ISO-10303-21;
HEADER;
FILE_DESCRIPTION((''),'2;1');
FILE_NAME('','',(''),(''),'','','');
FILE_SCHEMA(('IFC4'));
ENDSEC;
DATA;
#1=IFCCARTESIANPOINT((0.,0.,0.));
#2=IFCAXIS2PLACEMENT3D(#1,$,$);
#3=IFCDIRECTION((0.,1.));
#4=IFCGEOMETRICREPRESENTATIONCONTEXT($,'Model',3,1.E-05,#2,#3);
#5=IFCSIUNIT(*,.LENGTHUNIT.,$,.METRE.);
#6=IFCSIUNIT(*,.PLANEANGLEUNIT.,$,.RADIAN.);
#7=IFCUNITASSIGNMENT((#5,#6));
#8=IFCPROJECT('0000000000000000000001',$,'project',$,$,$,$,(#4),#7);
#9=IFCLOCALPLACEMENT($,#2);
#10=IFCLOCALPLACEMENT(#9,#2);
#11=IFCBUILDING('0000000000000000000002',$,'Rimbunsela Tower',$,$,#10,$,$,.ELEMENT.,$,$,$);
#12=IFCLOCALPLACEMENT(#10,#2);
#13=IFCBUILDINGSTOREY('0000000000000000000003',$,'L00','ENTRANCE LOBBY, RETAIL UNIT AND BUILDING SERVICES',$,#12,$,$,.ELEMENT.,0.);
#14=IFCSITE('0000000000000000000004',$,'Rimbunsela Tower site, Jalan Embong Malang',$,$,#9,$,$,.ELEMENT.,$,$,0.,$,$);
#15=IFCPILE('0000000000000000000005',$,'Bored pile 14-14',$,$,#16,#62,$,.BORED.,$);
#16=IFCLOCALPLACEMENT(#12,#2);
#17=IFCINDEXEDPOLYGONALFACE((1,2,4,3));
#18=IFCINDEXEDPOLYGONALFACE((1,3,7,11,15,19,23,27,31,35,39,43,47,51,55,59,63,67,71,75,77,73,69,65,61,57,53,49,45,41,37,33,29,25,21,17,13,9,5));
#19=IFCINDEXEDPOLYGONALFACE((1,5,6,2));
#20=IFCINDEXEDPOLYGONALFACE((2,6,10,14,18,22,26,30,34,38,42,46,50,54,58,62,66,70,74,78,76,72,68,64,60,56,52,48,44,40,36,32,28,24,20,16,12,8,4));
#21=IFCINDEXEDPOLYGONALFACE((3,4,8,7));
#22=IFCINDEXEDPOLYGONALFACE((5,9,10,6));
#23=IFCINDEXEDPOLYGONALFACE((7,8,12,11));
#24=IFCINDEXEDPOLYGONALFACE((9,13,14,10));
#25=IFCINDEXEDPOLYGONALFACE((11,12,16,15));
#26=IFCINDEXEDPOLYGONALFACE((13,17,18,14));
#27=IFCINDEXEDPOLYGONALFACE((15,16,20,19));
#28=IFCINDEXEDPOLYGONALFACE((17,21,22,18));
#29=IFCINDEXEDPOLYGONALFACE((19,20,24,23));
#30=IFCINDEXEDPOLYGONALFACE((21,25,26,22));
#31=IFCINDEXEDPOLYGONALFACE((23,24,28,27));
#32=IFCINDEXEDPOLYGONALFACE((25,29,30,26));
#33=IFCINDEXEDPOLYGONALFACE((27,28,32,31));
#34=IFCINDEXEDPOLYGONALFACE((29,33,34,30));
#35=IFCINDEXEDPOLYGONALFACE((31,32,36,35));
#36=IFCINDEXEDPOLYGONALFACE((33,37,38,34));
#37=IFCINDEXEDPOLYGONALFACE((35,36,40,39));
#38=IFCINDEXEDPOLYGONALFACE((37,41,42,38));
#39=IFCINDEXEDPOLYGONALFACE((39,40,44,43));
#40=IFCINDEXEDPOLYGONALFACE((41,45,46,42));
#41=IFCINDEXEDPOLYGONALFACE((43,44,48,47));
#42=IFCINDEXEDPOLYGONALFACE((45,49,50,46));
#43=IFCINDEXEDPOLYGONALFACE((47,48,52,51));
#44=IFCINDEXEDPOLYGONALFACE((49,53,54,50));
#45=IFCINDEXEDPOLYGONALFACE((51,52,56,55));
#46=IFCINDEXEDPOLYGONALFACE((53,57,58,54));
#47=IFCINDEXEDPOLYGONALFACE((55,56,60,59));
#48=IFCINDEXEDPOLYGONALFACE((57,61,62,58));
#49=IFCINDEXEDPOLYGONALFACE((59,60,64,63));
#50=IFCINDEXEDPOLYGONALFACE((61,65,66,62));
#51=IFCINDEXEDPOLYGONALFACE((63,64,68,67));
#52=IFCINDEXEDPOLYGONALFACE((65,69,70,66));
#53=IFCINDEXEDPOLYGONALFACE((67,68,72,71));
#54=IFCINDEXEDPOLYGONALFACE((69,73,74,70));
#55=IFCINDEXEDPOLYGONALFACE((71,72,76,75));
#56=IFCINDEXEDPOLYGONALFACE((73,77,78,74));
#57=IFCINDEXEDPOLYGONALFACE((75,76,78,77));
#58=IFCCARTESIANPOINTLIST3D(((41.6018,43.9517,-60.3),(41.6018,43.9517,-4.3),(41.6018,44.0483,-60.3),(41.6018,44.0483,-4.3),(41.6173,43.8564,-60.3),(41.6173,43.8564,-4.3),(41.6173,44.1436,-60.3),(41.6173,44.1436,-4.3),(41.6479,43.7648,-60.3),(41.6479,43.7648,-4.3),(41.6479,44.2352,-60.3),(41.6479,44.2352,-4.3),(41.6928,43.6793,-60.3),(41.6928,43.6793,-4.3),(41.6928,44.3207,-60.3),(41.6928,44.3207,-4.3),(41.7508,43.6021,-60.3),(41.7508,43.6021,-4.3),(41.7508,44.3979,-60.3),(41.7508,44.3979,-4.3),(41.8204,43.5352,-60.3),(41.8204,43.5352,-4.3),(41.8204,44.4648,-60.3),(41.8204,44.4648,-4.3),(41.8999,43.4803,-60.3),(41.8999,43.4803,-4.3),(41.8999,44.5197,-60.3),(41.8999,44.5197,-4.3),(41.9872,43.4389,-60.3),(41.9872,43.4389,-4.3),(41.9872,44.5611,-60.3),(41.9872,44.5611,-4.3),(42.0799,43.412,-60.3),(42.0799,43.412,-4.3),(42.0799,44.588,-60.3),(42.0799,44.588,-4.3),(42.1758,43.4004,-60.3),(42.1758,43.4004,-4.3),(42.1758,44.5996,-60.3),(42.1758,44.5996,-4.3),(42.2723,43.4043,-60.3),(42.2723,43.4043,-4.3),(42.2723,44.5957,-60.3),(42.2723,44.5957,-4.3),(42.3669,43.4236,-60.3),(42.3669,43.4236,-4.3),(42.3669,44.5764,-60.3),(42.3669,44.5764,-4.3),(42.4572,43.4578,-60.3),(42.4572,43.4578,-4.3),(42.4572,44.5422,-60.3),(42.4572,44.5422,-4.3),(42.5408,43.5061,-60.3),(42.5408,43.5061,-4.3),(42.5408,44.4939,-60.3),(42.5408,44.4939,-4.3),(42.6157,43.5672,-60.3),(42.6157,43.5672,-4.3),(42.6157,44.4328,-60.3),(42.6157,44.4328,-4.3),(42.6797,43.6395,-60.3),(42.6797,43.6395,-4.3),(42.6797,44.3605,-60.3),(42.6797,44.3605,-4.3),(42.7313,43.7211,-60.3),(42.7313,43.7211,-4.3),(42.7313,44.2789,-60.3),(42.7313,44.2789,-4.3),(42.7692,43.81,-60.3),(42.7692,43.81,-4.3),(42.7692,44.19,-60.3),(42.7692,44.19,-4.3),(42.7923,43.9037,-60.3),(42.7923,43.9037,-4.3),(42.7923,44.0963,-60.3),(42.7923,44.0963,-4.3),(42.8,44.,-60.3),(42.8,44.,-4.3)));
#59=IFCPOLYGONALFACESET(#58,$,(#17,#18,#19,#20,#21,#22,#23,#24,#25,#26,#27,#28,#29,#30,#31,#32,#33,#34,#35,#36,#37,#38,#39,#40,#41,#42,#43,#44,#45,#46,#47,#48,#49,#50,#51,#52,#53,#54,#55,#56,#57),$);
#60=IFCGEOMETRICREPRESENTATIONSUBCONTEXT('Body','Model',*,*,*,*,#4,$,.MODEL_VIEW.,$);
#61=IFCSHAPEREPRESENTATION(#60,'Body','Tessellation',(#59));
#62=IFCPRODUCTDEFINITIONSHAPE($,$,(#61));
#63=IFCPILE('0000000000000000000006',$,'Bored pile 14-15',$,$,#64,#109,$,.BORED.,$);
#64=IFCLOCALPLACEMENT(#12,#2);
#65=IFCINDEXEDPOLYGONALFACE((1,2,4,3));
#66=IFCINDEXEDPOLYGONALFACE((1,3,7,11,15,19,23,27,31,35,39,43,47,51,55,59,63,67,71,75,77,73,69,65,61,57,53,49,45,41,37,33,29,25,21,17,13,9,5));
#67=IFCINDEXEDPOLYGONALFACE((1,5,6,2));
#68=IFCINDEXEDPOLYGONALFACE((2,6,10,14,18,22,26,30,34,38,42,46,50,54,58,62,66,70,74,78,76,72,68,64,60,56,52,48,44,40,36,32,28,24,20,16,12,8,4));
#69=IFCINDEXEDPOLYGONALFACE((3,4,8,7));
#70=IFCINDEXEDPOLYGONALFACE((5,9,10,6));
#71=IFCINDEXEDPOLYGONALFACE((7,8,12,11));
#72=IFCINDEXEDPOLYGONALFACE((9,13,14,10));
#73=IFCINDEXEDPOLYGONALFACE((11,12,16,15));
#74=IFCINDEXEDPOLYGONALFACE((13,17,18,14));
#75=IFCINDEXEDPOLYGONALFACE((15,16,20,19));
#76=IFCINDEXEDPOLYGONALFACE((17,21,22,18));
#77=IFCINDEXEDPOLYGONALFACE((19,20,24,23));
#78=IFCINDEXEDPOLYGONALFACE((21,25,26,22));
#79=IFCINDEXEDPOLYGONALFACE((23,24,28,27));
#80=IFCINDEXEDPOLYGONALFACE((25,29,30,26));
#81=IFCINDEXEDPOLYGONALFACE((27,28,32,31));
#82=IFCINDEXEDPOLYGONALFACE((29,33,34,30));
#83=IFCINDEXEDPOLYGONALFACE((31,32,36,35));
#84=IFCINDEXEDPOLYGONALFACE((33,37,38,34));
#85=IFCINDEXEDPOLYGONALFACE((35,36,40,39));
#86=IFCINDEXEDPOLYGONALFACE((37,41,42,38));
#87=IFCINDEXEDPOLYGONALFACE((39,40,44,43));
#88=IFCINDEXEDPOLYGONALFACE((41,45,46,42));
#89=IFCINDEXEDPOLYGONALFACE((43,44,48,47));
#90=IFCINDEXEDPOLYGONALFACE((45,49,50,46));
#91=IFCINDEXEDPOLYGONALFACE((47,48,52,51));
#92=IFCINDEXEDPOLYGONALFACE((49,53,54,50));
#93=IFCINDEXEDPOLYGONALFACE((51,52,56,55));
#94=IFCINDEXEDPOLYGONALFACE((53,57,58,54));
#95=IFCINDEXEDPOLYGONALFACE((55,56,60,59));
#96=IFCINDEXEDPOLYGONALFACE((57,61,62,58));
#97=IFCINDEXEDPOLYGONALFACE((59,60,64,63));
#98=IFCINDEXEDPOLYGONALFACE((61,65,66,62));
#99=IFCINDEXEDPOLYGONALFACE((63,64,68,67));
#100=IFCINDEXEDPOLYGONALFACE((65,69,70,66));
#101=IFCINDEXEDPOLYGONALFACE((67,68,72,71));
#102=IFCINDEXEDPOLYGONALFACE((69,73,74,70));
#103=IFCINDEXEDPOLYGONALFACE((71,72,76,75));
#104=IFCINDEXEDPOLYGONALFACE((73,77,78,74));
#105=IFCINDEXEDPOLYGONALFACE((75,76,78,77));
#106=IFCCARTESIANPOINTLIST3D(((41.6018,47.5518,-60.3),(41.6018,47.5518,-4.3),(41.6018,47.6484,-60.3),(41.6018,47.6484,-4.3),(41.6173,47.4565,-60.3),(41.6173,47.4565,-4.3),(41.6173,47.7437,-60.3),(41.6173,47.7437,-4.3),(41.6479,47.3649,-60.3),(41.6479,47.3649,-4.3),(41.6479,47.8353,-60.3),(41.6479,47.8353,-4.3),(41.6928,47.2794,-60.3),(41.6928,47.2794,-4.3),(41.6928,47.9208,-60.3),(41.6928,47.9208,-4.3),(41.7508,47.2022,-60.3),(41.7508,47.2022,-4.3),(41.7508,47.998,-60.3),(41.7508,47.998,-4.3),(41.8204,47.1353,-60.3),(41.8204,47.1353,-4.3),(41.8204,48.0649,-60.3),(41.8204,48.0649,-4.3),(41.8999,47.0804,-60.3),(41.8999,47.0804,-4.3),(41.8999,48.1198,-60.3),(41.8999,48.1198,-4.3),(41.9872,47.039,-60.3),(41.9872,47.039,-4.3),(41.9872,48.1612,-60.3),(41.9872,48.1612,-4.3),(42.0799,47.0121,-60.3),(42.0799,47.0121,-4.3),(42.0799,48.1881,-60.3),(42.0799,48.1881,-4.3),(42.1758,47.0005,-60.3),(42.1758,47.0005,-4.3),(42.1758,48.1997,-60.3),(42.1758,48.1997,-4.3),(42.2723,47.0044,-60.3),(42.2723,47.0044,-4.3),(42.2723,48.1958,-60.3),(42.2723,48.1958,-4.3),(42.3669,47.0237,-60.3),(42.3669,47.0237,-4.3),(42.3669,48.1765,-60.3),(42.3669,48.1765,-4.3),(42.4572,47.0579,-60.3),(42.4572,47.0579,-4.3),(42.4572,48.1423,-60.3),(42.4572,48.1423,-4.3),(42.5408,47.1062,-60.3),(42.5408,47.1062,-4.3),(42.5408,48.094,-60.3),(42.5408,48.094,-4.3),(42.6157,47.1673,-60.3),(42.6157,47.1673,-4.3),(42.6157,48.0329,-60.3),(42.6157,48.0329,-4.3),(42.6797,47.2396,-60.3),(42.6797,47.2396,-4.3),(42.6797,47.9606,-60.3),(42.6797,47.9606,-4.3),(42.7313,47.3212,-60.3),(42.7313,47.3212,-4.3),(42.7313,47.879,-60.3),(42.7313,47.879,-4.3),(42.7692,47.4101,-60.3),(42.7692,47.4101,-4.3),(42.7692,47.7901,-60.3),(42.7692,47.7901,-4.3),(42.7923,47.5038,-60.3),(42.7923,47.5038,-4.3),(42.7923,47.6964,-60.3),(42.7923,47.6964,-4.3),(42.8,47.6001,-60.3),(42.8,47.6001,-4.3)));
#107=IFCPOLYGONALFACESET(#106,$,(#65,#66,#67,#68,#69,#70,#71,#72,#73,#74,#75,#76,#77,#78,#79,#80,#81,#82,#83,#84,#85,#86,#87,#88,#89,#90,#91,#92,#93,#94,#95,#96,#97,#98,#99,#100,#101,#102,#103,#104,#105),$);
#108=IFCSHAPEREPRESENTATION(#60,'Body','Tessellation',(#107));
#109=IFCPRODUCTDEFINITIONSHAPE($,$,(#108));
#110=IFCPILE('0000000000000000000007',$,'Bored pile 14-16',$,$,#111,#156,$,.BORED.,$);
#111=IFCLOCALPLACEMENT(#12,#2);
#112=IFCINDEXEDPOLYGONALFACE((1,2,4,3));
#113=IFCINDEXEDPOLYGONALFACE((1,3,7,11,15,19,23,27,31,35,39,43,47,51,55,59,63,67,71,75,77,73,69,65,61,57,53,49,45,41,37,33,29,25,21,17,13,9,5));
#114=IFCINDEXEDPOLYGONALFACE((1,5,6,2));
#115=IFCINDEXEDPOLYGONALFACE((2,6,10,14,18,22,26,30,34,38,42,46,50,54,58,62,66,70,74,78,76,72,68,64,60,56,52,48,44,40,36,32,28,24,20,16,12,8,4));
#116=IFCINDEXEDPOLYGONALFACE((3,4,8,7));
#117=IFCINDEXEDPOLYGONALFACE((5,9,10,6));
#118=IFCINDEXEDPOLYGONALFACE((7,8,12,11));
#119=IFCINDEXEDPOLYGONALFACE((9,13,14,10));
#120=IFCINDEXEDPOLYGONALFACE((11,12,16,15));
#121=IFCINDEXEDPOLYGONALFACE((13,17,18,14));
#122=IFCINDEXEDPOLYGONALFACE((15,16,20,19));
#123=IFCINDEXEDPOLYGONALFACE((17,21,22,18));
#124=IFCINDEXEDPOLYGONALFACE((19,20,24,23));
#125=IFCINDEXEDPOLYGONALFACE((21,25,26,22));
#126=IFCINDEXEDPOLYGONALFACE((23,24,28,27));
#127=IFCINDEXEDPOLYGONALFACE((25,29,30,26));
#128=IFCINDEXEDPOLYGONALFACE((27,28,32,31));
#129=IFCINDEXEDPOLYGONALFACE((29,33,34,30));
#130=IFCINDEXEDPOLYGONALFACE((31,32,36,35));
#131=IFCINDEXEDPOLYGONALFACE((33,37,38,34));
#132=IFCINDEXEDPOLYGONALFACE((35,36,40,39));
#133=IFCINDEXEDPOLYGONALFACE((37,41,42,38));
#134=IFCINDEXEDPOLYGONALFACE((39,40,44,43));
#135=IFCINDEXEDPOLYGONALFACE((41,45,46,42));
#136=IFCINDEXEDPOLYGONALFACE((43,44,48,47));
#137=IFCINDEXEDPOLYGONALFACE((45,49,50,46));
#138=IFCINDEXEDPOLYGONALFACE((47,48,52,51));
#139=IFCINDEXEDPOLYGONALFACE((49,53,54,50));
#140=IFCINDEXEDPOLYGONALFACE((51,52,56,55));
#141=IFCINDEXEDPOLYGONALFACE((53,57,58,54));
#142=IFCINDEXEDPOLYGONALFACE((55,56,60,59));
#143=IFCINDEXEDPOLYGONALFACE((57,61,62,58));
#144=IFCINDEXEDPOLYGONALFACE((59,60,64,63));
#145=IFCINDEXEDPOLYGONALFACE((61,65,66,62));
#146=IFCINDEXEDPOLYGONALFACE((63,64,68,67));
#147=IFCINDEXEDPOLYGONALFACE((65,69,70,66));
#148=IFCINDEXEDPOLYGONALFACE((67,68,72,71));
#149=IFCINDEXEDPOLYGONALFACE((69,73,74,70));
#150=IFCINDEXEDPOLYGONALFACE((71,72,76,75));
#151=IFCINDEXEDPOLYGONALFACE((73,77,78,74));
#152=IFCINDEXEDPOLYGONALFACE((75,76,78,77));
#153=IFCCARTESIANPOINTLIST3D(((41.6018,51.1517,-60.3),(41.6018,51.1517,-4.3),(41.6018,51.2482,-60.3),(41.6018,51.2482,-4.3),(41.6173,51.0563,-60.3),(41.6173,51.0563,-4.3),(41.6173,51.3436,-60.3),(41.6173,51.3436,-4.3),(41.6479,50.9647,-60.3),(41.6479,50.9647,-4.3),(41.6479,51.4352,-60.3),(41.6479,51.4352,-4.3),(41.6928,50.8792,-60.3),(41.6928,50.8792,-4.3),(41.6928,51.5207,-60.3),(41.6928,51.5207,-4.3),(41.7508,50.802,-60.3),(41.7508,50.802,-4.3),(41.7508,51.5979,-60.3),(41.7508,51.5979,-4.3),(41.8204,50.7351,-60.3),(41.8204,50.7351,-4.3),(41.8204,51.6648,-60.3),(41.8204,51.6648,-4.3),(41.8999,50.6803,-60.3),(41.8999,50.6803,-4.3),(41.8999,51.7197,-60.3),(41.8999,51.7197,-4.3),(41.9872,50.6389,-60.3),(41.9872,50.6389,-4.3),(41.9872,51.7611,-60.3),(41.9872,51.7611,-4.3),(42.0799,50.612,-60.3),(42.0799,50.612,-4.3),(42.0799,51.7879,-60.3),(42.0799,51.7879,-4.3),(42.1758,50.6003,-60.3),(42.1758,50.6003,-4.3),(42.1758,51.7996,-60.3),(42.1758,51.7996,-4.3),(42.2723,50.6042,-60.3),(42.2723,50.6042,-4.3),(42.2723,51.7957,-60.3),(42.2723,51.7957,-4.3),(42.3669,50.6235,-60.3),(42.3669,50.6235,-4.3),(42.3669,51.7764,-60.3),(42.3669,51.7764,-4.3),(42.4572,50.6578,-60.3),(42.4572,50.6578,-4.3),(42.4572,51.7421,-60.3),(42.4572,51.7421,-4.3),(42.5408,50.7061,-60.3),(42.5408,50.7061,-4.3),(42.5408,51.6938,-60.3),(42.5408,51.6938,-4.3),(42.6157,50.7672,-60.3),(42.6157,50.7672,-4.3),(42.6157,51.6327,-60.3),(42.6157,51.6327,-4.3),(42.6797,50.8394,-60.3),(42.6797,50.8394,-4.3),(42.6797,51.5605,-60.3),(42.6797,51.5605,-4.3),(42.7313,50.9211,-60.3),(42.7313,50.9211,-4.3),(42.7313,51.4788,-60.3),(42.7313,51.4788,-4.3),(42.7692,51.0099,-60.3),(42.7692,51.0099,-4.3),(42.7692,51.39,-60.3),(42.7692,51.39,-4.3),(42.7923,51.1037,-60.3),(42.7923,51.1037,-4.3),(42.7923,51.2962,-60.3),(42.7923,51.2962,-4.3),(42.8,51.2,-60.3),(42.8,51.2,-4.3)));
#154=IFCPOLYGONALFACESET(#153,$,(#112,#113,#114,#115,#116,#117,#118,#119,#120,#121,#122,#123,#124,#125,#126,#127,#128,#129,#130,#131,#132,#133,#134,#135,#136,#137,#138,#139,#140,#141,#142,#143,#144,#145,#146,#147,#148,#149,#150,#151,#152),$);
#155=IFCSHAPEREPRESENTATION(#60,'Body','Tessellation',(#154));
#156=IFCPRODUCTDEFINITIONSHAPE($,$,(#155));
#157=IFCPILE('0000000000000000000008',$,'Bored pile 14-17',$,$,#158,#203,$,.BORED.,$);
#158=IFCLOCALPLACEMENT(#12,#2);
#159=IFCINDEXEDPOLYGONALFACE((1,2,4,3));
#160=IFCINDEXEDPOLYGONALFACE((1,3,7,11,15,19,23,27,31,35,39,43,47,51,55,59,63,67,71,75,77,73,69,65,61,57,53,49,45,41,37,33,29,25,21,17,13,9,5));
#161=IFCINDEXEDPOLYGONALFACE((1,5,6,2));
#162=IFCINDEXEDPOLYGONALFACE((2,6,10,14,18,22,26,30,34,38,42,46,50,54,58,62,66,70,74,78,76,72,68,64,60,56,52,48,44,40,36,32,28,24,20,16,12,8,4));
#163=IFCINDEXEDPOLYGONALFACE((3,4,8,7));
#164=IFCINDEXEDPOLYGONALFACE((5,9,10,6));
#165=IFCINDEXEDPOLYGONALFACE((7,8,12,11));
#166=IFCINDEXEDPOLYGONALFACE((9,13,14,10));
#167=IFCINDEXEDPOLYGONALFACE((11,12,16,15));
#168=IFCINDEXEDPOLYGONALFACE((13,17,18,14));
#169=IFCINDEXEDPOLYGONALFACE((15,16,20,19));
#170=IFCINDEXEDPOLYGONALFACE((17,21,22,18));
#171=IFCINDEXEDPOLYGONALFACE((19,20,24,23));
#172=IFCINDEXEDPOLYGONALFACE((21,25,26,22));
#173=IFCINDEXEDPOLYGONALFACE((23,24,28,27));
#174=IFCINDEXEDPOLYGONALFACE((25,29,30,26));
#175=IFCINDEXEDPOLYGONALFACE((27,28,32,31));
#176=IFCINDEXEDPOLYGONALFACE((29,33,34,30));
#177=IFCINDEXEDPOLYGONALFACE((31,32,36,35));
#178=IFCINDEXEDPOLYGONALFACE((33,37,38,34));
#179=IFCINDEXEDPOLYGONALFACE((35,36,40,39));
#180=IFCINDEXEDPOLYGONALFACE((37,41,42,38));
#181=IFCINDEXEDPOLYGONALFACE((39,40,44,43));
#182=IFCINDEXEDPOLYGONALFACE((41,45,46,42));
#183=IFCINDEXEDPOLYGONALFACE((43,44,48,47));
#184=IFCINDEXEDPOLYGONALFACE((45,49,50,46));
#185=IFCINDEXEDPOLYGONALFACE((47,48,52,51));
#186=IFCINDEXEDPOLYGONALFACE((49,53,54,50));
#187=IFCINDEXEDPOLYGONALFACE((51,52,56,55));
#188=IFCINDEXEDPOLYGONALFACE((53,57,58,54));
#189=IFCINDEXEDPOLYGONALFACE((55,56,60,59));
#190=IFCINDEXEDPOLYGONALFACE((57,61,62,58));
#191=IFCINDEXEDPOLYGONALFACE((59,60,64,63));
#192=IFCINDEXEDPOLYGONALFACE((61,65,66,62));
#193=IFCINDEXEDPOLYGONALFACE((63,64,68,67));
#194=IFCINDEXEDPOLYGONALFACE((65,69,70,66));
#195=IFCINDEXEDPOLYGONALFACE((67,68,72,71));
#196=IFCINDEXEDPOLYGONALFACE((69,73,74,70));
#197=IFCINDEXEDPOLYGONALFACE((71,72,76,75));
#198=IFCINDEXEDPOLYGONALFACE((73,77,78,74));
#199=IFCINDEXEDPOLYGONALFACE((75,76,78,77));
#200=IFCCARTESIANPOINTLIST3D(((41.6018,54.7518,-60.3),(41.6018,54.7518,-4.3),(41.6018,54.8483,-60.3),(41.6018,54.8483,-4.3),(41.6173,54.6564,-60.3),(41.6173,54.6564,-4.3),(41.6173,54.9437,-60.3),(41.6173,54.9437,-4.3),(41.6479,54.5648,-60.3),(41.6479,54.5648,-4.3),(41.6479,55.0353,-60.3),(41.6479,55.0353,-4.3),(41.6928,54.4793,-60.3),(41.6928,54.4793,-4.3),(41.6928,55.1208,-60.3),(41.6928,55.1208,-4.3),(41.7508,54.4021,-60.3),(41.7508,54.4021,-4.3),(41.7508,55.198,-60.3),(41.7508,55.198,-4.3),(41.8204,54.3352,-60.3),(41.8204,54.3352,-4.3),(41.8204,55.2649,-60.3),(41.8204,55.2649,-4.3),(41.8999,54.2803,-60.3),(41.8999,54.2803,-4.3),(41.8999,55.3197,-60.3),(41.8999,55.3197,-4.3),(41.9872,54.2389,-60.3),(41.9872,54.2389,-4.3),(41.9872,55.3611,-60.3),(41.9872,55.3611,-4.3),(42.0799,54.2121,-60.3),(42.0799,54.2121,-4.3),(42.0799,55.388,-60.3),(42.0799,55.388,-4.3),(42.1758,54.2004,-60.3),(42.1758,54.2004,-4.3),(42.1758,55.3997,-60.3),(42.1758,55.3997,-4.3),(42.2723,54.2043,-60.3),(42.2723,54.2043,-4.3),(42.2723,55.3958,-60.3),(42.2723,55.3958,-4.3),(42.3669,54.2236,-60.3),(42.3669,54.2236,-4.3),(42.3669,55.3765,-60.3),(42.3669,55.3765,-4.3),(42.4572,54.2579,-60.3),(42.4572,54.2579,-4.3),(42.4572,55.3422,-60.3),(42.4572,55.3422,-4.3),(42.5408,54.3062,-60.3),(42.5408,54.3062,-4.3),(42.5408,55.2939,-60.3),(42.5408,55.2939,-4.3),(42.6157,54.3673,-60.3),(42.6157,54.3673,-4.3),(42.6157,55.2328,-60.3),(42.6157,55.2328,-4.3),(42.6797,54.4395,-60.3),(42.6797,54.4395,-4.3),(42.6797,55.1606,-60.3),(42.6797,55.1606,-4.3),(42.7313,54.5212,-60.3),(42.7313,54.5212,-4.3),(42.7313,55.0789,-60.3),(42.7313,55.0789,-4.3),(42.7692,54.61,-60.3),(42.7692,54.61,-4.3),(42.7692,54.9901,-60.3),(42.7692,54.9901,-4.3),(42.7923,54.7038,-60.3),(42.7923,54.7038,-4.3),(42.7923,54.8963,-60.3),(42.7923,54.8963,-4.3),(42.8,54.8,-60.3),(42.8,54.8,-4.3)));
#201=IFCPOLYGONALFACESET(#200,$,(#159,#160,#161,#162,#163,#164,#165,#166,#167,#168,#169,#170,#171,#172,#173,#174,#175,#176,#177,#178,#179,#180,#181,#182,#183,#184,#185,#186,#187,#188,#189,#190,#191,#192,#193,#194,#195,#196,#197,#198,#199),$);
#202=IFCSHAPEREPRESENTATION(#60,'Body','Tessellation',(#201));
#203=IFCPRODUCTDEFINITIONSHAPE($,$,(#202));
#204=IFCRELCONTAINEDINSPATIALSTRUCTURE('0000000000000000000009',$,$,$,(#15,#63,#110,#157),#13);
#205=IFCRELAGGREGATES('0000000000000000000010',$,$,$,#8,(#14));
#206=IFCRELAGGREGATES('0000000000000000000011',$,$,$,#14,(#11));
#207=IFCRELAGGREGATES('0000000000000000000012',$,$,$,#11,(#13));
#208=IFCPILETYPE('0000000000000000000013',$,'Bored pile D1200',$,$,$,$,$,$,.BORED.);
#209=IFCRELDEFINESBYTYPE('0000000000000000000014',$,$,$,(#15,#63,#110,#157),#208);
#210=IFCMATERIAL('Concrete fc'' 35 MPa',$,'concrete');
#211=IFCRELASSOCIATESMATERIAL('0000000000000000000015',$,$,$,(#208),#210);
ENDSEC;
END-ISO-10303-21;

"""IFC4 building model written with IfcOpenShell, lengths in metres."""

from ifc_helpers import new_model, si_unit, direction, frame, origin, origin_2d, place, context, subcontext, project, spatial, circle, extrude, material, material_profile, profile_set, type_object, element, save


model = new_model("IFC4")

# Units and contexts
model_context = context("Model", 3, precision=1e-05, world=origin(), true_north=direction((0.0, 1.0)))
body_context = subcontext(model_context, "Body", "Model", "MODEL_VIEW")
ifc_project = project(units=[si_unit("LENGTHUNIT", "METRE"), si_unit("PLANEANGLEUNIT", "RADIAN")], contexts=[model_context])

# Site, building, storey
site_placement = place(None, origin())
site = spatial("IfcSite", under=ifc_project, at=site_placement, Name="Rimbunsela Tower site, Jalan Embong Malang", CompositionType="ELEMENT", RefElevation=0.0)
building_placement = place(site_placement, origin())
building = spatial("IfcBuilding", under=site, at=building_placement, Name="Rimbunsela Tower", CompositionType="ELEMENT")
storey_placement = place(building_placement, origin())
storey = spatial("IfcBuildingStorey", under=building, at=storey_placement, Name="L00", Description="ENTRANCE LOBBY, RETAIL UNIT AND BUILDING SERVICES", CompositionType="ELEMENT", Elevation=0.0)

# Piles
ifc_material_1 = material(Name="Concrete fc' 35 MPa", Category="concrete")
ifc_material_profile_1 = material_profile(ifc_material_1, circle(Radius=0.6001, at=origin_2d()), Name="BP D1200")
ifc_profile_set_1 = profile_set([ifc_material_profile_1], Name="Concrete fc' 35 MPa")
pile_type = type_object("IfcPileType", Name="Bored pile D1200", PredefinedType="BORED", material=ifc_profile_set_1)
for number, where, z_axis, x_axis, name in (
    (1, (42.2, 44.0, -4.3), (0.0, 0.0, -1.0), (1.0, 0.0, 0.0), "Bored pile 14-14"),
    (2, (42.2, 47.6001, -4.3), (0.0, 0.0, -1.0), (1.0, 0.0, 0.0), "Bored pile 14-15"),
    (3, (42.2, 51.2, -4.3), (0.0, 0.0, -1.0), (1.0, 0.0, 0.0), "Bored pile 14-16"),
    (4, (42.2, 54.8, -4.3), (0.0, 0.0, -1.0), (1.0, 0.0, 0.0), "Bored pile 14-17"),
):
    element("IfcPile", number, at=place(storey_placement, frame(where, z_axis=z_axis, x_axis=x_axis)), inside=storey, type_object=pile_type, Name=name, PredefinedType="BORED", context=body_context, shape_type="SweptSolid", body=[
        extrude(circle(Radius=0.6001, at=origin_2d()), origin(), (0.0, 0.0, 1.0), 56.0),
    ])

save(model, "model.ifc")
